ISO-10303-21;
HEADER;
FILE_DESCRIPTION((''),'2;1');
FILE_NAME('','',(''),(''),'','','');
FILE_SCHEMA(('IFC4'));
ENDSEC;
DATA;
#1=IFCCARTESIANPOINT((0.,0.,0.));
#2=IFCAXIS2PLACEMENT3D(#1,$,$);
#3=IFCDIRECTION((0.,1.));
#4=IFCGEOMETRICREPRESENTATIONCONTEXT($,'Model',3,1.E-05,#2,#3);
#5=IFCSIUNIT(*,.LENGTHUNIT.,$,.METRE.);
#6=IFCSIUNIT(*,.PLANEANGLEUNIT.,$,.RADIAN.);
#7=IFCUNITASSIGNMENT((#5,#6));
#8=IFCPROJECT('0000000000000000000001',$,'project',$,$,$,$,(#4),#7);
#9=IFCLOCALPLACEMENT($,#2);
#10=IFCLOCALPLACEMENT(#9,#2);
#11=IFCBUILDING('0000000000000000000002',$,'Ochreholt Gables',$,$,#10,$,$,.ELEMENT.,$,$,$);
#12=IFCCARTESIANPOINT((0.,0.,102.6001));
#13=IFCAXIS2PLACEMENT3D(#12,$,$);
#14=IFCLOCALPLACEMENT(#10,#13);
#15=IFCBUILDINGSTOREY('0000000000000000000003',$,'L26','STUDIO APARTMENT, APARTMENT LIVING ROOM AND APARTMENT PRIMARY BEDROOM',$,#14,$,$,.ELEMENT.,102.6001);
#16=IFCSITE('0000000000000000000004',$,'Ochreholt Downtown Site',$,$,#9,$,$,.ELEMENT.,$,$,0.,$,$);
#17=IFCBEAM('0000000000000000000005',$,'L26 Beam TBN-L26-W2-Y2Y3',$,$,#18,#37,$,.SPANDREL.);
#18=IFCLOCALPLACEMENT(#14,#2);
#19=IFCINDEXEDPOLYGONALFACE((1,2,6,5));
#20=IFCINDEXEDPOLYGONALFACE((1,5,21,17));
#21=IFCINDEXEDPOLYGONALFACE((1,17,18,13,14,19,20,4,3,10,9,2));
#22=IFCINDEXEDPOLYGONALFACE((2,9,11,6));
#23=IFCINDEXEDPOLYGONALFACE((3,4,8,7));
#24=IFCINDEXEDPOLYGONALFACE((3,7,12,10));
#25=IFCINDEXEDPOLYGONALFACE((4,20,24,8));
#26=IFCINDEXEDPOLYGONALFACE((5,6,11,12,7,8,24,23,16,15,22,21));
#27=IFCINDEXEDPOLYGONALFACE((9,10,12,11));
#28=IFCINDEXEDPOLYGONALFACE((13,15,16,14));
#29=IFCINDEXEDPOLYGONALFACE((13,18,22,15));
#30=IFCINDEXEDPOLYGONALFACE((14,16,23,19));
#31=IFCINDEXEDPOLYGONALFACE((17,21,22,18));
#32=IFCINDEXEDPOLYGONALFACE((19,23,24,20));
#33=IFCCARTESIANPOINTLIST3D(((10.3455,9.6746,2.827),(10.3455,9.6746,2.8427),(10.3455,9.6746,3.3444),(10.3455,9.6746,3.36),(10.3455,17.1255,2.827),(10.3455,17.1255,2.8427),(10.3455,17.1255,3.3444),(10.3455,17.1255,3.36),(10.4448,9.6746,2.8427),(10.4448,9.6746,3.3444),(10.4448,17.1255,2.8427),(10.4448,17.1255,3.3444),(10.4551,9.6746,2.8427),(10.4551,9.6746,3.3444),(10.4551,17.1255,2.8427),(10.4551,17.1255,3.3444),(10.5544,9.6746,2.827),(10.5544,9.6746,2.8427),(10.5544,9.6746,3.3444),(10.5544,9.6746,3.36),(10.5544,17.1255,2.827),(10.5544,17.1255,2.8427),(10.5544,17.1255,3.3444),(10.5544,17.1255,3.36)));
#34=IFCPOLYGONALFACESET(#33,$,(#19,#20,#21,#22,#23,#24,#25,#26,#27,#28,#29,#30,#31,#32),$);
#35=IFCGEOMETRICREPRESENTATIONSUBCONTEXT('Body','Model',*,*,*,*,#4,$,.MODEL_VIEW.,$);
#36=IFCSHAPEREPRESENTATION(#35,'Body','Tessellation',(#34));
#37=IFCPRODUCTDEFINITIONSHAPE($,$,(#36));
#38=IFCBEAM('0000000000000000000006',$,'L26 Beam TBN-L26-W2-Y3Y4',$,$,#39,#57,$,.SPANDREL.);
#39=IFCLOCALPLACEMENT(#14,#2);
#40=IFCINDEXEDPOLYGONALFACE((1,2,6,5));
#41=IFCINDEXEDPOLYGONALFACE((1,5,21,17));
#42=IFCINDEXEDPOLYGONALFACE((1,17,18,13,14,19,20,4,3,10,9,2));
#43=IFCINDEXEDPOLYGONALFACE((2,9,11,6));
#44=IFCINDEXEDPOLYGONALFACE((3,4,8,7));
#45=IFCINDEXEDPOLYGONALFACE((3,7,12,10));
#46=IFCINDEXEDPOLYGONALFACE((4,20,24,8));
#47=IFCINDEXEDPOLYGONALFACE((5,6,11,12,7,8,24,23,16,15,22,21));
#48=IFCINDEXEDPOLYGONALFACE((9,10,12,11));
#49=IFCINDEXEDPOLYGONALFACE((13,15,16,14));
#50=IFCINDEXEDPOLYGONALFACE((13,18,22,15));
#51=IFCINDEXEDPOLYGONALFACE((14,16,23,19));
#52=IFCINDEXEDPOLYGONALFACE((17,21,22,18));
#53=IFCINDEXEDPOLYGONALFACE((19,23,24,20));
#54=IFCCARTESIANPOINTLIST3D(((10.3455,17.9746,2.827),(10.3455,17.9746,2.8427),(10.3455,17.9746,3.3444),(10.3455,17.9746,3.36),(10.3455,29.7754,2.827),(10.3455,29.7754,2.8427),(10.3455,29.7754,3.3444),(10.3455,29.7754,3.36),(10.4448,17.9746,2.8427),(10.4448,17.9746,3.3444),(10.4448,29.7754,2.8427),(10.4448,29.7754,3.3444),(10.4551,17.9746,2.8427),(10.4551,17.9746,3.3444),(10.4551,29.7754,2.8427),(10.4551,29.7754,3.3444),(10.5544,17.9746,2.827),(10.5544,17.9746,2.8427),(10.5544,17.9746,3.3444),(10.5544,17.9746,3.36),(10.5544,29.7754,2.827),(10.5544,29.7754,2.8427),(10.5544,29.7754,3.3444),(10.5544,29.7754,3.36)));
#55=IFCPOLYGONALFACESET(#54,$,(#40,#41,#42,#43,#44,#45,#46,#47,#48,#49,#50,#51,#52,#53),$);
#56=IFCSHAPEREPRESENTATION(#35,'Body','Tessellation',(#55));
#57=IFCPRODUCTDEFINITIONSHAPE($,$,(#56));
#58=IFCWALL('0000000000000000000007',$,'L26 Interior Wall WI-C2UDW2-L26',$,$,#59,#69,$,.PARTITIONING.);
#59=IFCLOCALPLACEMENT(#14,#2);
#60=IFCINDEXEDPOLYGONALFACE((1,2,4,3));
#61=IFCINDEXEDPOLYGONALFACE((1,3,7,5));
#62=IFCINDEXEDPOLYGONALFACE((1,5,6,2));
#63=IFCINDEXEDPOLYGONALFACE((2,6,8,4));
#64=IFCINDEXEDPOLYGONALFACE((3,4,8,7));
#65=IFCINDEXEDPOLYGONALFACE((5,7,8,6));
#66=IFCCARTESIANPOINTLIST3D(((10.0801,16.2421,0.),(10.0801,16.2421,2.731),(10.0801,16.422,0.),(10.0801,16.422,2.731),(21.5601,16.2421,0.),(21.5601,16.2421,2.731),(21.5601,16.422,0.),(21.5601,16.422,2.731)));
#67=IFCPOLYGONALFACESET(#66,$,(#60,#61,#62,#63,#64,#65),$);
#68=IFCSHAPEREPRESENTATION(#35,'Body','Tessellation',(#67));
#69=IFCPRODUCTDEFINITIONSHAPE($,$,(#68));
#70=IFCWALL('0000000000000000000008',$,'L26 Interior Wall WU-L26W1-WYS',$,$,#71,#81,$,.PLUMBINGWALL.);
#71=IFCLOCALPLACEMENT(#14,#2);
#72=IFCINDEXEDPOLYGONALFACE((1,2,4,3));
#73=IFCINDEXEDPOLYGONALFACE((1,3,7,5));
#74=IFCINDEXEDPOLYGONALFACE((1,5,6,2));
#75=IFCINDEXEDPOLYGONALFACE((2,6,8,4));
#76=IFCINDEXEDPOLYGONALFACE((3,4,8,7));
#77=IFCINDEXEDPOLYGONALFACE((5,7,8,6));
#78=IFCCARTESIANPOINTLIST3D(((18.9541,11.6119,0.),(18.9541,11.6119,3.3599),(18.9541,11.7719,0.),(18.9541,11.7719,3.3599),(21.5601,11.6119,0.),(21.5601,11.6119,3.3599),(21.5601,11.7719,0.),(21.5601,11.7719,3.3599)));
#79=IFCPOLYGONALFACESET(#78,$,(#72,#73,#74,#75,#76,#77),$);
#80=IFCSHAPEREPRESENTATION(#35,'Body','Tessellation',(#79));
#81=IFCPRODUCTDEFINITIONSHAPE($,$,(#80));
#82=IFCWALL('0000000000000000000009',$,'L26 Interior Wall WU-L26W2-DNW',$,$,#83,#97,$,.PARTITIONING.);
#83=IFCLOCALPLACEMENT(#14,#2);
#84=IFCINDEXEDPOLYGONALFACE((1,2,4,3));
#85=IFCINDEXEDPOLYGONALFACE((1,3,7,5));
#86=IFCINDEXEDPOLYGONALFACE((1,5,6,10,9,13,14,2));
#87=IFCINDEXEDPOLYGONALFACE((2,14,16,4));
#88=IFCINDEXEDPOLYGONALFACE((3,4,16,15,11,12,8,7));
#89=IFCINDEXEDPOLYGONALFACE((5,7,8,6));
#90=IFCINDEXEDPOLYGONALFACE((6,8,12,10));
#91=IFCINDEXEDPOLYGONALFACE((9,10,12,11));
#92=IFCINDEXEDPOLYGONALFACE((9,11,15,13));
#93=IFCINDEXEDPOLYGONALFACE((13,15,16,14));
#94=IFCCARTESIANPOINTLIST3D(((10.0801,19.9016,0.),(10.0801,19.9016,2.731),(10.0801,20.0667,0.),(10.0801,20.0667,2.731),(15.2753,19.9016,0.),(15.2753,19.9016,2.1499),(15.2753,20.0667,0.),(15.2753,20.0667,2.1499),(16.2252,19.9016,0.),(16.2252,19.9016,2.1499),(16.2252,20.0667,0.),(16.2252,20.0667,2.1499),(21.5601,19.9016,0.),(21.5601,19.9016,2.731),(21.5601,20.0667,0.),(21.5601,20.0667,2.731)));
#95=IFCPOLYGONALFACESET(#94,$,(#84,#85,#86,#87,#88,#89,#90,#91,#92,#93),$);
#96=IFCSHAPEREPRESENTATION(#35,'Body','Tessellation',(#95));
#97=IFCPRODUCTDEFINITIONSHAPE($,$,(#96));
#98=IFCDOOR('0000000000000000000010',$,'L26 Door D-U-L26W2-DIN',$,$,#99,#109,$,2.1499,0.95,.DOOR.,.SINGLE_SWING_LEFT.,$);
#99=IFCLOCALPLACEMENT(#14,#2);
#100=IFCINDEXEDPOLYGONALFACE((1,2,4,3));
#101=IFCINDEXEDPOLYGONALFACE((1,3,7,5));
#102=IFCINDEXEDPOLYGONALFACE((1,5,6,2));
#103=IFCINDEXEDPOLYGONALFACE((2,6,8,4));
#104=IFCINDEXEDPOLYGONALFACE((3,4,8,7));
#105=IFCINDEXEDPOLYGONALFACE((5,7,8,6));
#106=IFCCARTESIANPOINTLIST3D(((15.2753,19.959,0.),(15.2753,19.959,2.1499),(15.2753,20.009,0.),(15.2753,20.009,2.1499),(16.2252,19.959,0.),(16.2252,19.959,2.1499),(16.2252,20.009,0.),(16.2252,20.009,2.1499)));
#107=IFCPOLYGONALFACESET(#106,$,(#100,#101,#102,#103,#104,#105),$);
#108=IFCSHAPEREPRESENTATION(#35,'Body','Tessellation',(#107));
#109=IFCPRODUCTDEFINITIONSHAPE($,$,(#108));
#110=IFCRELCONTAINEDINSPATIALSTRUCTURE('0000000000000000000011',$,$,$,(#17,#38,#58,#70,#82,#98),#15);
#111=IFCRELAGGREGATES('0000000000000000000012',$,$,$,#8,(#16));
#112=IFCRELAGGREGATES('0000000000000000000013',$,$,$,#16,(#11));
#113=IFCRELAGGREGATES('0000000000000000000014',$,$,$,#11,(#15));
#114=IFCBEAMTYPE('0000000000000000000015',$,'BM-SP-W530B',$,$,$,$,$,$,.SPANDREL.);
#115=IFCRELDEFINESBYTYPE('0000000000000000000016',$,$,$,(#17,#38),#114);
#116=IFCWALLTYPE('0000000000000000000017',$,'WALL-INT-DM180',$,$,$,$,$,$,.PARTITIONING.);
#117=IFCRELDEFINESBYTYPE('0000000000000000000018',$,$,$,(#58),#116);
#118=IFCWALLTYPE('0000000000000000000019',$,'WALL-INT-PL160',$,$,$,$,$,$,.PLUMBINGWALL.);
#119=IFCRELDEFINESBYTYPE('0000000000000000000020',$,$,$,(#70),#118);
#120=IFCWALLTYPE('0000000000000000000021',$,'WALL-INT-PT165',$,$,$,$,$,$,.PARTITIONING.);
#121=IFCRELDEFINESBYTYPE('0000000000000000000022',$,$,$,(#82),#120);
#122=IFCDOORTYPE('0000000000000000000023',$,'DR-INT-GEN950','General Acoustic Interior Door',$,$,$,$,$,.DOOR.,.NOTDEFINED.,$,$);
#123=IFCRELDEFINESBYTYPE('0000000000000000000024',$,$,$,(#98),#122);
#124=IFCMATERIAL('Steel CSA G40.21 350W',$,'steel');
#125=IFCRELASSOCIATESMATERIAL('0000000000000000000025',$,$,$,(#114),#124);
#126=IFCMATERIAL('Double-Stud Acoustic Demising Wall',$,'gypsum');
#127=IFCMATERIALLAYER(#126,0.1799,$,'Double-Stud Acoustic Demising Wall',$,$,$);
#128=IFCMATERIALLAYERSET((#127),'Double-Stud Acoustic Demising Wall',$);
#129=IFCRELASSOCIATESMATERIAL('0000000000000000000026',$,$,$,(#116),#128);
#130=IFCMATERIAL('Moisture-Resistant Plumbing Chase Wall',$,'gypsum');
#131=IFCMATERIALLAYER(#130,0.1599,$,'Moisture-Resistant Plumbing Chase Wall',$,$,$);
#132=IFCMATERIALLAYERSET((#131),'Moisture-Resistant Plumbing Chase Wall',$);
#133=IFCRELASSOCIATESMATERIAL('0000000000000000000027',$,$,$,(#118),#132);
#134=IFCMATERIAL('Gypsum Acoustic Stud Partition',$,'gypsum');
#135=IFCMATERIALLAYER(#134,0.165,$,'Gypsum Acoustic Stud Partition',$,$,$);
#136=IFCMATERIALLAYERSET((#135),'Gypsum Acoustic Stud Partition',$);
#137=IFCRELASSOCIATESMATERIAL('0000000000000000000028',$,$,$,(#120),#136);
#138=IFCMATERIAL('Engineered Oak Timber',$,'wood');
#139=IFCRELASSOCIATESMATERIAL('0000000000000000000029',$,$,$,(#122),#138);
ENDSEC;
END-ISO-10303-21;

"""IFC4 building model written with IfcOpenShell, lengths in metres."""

from ifc_helpers import new_model, si_unit, direction, frame, frame_2d, origin, origin_2d, place, context, subcontext, project, spatial, rectangle, i_section, extrude, material, layer, layer_set, material_profile, profile_set, type_object, element, fill, save


model = new_model("IFC4")

# Units and contexts
model_context = context("Model", 3, precision=1e-05, world=origin(), true_north=direction((0.0, 1.0)))
body_context = subcontext(model_context, "Body", "Model", "MODEL_VIEW")
ifc_project = project(units=[si_unit("LENGTHUNIT", "METRE"), si_unit("PLANEANGLEUNIT", "RADIAN")], contexts=[model_context])

# Site, building, storey
site_placement = place(None, origin())
site = spatial("IfcSite", under=ifc_project, at=site_placement, Name="Ochreholt Downtown Site", CompositionType="ELEMENT", RefElevation=0.0)
building_placement = place(site_placement, origin())
building = spatial("IfcBuilding", under=site, at=building_placement, Name="Ochreholt Gables", CompositionType="ELEMENT")
storey_placement = place(building_placement, frame((0.0, 0.0, 102.6001)))
storey = spatial("IfcBuildingStorey", under=building, at=storey_placement, Name="L26", Description="STUDIO APARTMENT, APARTMENT LIVING ROOM AND APARTMENT PRIMARY BEDROOM", CompositionType="ELEMENT", Elevation=102.6001)

# Beams
ifc_material_1 = material(Name="Steel CSA G40.21 350W", Category="steel")
ifc_material_profile_1 = material_profile(ifc_material_1, i_section(OverallWidth=0.209, OverallDepth=0.533, WebThickness=0.0103, FlangeThickness=0.0156, at=origin_2d()), Name="W530X92")
ifc_profile_set_1 = profile_set([ifc_material_profile_1], Name="Steel CSA G40.21 350W")
beam_type_1 = type_object("IfcBeamType", Name="BM-SP-W530B", PredefinedType="SPANDREL", material=ifc_profile_set_1)
beam_1_placement = place(storey_placement, frame((10.45, 9.6746, 3.0935), z_axis=(0.0, 1.0, 0.0), x_axis=(-1.0, 0.0, 0.0)))
element("IfcBeam", 1, at=beam_1_placement, inside=storey, type_object=beam_type_1, Name="L26 Beam TBN-L26-W2-Y2Y3", PredefinedType="SPANDREL", context=body_context, shape_type="SweptSolid", body=[
    extrude(i_section(OverallWidth=0.209, OverallDepth=0.533, WebThickness=0.0103, FlangeThickness=0.0156, at=origin_2d()), origin(), (0.0, 0.0, 1.0), 7.4509),
])
beam_2_placement = place(storey_placement, frame((10.45, 17.9746, 3.0935), z_axis=(0.0, 1.0, 0.0), x_axis=(-1.0, 0.0, 0.0)))
element("IfcBeam", 2, at=beam_2_placement, inside=storey, type_object=beam_type_1, Name="L26 Beam TBN-L26-W2-Y3Y4", PredefinedType="SPANDREL", context=body_context, shape_type="SweptSolid", body=[
    extrude(i_section(OverallWidth=0.209, OverallDepth=0.533, WebThickness=0.0103, FlangeThickness=0.0156, at=origin_2d()), origin(), (0.0, 0.0, 1.0), 11.8008),
])

# Walls
ifc_material_2 = material(Name="Double-Stud Acoustic Demising Wall", Category="gypsum")
ifc_layer_1 = layer(ifc_material_2, 0.1799, Name="Double-Stud Acoustic Demising Wall")
ifc_layer_set_1 = layer_set([ifc_layer_1], Name="Double-Stud Acoustic Demising Wall")
wall_type_1 = type_object("IfcWallType", Name="WALL-INT-DM180", PredefinedType="PARTITIONING", material=ifc_layer_set_1)
wall_1_placement = place(storey_placement, frame((10.0801, 16.332, 0.0), z_axis=(0.0, 0.0, 1.0), x_axis=(1.0, 0.0, 0.0)))
element("IfcWall", 3, at=wall_1_placement, inside=storey, type_object=wall_type_1, Name="L26 Interior Wall WI-C2UDW2-L26", PredefinedType="PARTITIONING", context=body_context, shape_type="SweptSolid", body=[
    extrude(rectangle(XDim=11.48, YDim=0.1799, at=frame_2d((5.74, 0.0))), origin(), (0.0, 0.0, 1.0), 2.731),
])
ifc_material_3 = material(Name="Moisture-Resistant Plumbing Chase Wall", Category="gypsum")
ifc_layer_2 = layer(ifc_material_3, 0.1599, Name="Moisture-Resistant Plumbing Chase Wall")
ifc_layer_set_2 = layer_set([ifc_layer_2], Name="Moisture-Resistant Plumbing Chase Wall")
wall_type_2 = type_object("IfcWallType", Name="WALL-INT-PL160", PredefinedType="PLUMBINGWALL", material=ifc_layer_set_2)
wall_2_placement = place(storey_placement, frame((18.9541, 11.6919, 0.0), z_axis=(0.0, 0.0, 1.0), x_axis=(1.0, 0.0, 0.0)))
element("IfcWall", 4, at=wall_2_placement, inside=storey, type_object=wall_type_2, Name="L26 Interior Wall WU-L26W1-WYS", PredefinedType="PLUMBINGWALL", context=body_context, shape_type="SweptSolid", body=[
    extrude(rectangle(XDim=2.606, YDim=0.1599, at=frame_2d((1.303, 0.0))), origin(), (0.0, 0.0, 1.0), 3.3599),
])

# Wall, opening, door
ifc_material_4 = material(Name="Gypsum Acoustic Stud Partition", Category="gypsum")
ifc_layer_3 = layer(ifc_material_4, 0.165, Name="Gypsum Acoustic Stud Partition")
ifc_layer_set_3 = layer_set([ifc_layer_3], Name="Gypsum Acoustic Stud Partition")
wall_type_3 = type_object("IfcWallType", Name="WALL-INT-PT165", PredefinedType="PARTITIONING", material=ifc_layer_set_3)
wall_3_placement = place(storey_placement, frame((10.0801, 19.9841, 0.0), z_axis=(0.0, 0.0, 1.0), x_axis=(1.0, 0.0, 0.0)))
wall_3 = element("IfcWall", 5, at=wall_3_placement, inside=storey, type_object=wall_type_3, Name="L26 Interior Wall WU-L26W2-DNW", PredefinedType="PARTITIONING", context=body_context, shape_type="SweptSolid", body=[
    extrude(rectangle(XDim=11.48, YDim=0.165, at=frame_2d((5.74, 0.0))), origin(), (0.0, 0.0, 1.0), 2.731),
])
opening_placement = place(wall_3_placement, frame((5.1951, 0.0, 0.0)))
opening = element("IfcOpeningElement", 6, at=opening_placement, cuts=wall_3, PredefinedType="OPENING", context=body_context, shape_type="SweptSolid", body=[
    extrude(rectangle(XDim=0.95, YDim=2.1499, at=frame_2d((0.4751, 1.075))), frame((0.0, 0.0925, 0.0), z_axis=(0.0, -1.0, 0.0), x_axis=(1.0, 0.0, 0.0)), (0.0, 0.0, 1.0), 0.1851),
])
ifc_material_5 = material(Name="Engineered Oak Timber", Category="wood")
door_type = type_object("IfcDoorType", Name="DR-INT-GEN950", Description="General Acoustic Interior Door", OperationType="NOTDEFINED", PredefinedType="DOOR", material=ifc_material_5)
door_placement = place(opening_placement, origin())
door = element("IfcDoor", 7, at=door_placement, inside=storey, type_object=door_type, Name="L26 Door D-U-L26W2-DIN", OperationType="SINGLE_SWING_LEFT", OverallHeight=2.1499, OverallWidth=0.95, PredefinedType="DOOR", context=body_context, shape_type="SweptSolid", body=[
    extrude(rectangle(XDim=0.95, YDim=2.1499, at=frame_2d((0.4751, 1.075))), frame((0.0, 0.0249, 0.0), z_axis=(0.0, -1.0, 0.0), x_axis=(1.0, 0.0, 0.0)), (0.0, 0.0, 1.0), 0.05),
])
fill(opening, door)

save(model, "model.ifc")
